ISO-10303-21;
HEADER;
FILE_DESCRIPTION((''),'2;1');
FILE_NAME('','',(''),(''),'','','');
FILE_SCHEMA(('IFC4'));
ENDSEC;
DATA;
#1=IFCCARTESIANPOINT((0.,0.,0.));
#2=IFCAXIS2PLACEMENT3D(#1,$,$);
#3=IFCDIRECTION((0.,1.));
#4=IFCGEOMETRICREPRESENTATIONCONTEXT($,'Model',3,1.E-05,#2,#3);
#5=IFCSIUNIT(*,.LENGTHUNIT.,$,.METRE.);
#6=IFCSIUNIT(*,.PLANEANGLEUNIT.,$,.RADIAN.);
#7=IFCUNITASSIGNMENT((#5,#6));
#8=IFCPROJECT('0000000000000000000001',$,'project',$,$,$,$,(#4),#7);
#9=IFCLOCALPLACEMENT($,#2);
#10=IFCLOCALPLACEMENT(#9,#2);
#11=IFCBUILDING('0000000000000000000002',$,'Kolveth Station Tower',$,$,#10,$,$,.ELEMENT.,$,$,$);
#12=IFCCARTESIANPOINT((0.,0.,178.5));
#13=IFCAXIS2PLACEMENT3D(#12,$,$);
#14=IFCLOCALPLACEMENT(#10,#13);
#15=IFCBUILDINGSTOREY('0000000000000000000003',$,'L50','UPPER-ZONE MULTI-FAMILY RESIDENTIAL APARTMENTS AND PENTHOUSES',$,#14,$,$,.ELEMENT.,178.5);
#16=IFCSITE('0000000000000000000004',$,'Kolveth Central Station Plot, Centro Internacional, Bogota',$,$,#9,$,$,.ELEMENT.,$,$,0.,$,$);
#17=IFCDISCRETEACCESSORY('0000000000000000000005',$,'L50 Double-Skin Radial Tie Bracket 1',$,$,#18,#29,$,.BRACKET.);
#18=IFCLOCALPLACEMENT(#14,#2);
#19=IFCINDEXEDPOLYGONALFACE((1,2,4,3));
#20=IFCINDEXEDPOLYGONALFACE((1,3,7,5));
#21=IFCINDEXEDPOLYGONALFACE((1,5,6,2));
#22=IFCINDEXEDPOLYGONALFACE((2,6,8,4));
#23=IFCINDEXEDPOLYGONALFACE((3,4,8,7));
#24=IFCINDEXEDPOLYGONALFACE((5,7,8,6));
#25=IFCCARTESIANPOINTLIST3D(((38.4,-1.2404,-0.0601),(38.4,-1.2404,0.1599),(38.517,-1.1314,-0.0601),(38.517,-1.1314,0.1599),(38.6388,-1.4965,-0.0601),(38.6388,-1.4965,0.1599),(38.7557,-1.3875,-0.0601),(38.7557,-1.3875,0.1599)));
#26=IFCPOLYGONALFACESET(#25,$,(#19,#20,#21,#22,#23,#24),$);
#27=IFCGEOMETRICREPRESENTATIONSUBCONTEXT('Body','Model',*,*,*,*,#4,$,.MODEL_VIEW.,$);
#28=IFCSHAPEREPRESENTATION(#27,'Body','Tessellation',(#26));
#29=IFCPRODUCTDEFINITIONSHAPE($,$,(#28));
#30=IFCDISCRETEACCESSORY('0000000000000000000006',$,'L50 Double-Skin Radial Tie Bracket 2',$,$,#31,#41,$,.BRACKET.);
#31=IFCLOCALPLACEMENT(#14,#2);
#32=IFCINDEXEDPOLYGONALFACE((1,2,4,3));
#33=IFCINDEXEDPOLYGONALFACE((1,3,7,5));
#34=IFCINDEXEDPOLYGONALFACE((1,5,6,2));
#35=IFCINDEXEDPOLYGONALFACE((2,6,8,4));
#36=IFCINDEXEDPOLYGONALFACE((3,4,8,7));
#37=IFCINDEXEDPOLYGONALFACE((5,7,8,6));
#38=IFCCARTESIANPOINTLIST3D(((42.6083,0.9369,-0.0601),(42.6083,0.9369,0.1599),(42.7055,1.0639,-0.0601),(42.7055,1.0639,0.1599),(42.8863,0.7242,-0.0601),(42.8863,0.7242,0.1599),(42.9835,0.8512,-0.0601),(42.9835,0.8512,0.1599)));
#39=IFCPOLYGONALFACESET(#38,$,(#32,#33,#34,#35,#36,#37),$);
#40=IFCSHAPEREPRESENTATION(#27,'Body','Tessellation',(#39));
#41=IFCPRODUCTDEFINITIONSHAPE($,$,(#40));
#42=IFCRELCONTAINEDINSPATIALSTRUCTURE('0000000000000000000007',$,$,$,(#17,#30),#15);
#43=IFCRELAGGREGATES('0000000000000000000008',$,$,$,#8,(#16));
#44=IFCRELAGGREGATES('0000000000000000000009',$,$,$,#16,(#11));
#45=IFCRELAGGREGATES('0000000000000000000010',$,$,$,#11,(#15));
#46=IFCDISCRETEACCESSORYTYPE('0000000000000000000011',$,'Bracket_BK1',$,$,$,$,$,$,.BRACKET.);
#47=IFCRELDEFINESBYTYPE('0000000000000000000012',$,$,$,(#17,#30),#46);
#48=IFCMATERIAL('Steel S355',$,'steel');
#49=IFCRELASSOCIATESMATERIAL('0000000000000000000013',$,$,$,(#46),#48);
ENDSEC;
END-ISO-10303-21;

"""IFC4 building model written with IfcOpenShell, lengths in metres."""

from ifc_helpers import new_model, si_unit, direction, frame, origin, origin_2d, place, context, subcontext, project, spatial, rectangle, extrude, source, transform, mapped, material, type_object, element, save


model = new_model("IFC4")

# Units and contexts
model_context = context("Model", 3, precision=1e-05, world=origin(), true_north=direction((0.0, 1.0)))
body_context = subcontext(model_context, "Body", "Model", "MODEL_VIEW")
ifc_project = project(units=[si_unit("LENGTHUNIT", "METRE"), si_unit("PLANEANGLEUNIT", "RADIAN")], contexts=[model_context])

# Site, building, storey
site_placement = place(None, origin())
site = spatial("IfcSite", under=ifc_project, at=site_placement, Name="Kolveth Central Station Plot, Centro Internacional, Bogota", CompositionType="ELEMENT", RefElevation=0.0)
building_placement = place(site_placement, origin())
building = spatial("IfcBuilding", under=site, at=building_placement, Name="Kolveth Station Tower", CompositionType="ELEMENT")
storey_placement = place(building_placement, frame((0.0, 0.0, 178.5)))
storey = spatial("IfcBuildingStorey", under=building, at=storey_placement, Name="L50", Description="UPPER-ZONE MULTI-FAMILY RESIDENTIAL APARTMENTS AND PENTHOUSES", CompositionType="ELEMENT", Elevation=178.5)

# Discrete accessories
ifc_material_1 = material(Name="Steel S355", Category="steel")
discrete_accessory_type = type_object("IfcDiscreteAccessoryType", Name="Bracket_BK1", PredefinedType="BRACKET", material=ifc_material_1)
shared_shape_1 = source(origin(), body_context, "Body", "SweptSolid", [
    extrude(rectangle(XDim=0.3501, YDim=0.1599, at=origin_2d()), origin(), (0.0, 0.0, 1.0), 0.22),
])
for number, where, z_axis, x_axis, name in (
    (1, (38.5779, -1.314, -0.0601), (0.0, 0.0, 1.0), (0.681871, -0.731473, 0.0), "L50 Double-Skin Radial Tie Bracket 1"),
    (2, (42.7959, 0.894, -0.0601), (0.0, 0.0, 1.0), (0.794203, -0.607653, 0.0), "L50 Double-Skin Radial Tie Bracket 2"),
):
    element("IfcDiscreteAccessory", number, at=place(storey_placement, frame(where, z_axis=z_axis, x_axis=x_axis)), inside=storey, type_object=discrete_accessory_type, Name=name, PredefinedType="BRACKET", context=body_context, shape_type="MappedRepresentation", body=[
        mapped(shared_shape_1, transform((0.0, 0.0, 0.0), x_axis=(1.0, 0.0, 0.0), y_axis=(0.0, 1.0, 0.0), z_axis=(0.0, 0.0, 1.0), scale=1.0)),
    ])

save(model, "model.ifc")
